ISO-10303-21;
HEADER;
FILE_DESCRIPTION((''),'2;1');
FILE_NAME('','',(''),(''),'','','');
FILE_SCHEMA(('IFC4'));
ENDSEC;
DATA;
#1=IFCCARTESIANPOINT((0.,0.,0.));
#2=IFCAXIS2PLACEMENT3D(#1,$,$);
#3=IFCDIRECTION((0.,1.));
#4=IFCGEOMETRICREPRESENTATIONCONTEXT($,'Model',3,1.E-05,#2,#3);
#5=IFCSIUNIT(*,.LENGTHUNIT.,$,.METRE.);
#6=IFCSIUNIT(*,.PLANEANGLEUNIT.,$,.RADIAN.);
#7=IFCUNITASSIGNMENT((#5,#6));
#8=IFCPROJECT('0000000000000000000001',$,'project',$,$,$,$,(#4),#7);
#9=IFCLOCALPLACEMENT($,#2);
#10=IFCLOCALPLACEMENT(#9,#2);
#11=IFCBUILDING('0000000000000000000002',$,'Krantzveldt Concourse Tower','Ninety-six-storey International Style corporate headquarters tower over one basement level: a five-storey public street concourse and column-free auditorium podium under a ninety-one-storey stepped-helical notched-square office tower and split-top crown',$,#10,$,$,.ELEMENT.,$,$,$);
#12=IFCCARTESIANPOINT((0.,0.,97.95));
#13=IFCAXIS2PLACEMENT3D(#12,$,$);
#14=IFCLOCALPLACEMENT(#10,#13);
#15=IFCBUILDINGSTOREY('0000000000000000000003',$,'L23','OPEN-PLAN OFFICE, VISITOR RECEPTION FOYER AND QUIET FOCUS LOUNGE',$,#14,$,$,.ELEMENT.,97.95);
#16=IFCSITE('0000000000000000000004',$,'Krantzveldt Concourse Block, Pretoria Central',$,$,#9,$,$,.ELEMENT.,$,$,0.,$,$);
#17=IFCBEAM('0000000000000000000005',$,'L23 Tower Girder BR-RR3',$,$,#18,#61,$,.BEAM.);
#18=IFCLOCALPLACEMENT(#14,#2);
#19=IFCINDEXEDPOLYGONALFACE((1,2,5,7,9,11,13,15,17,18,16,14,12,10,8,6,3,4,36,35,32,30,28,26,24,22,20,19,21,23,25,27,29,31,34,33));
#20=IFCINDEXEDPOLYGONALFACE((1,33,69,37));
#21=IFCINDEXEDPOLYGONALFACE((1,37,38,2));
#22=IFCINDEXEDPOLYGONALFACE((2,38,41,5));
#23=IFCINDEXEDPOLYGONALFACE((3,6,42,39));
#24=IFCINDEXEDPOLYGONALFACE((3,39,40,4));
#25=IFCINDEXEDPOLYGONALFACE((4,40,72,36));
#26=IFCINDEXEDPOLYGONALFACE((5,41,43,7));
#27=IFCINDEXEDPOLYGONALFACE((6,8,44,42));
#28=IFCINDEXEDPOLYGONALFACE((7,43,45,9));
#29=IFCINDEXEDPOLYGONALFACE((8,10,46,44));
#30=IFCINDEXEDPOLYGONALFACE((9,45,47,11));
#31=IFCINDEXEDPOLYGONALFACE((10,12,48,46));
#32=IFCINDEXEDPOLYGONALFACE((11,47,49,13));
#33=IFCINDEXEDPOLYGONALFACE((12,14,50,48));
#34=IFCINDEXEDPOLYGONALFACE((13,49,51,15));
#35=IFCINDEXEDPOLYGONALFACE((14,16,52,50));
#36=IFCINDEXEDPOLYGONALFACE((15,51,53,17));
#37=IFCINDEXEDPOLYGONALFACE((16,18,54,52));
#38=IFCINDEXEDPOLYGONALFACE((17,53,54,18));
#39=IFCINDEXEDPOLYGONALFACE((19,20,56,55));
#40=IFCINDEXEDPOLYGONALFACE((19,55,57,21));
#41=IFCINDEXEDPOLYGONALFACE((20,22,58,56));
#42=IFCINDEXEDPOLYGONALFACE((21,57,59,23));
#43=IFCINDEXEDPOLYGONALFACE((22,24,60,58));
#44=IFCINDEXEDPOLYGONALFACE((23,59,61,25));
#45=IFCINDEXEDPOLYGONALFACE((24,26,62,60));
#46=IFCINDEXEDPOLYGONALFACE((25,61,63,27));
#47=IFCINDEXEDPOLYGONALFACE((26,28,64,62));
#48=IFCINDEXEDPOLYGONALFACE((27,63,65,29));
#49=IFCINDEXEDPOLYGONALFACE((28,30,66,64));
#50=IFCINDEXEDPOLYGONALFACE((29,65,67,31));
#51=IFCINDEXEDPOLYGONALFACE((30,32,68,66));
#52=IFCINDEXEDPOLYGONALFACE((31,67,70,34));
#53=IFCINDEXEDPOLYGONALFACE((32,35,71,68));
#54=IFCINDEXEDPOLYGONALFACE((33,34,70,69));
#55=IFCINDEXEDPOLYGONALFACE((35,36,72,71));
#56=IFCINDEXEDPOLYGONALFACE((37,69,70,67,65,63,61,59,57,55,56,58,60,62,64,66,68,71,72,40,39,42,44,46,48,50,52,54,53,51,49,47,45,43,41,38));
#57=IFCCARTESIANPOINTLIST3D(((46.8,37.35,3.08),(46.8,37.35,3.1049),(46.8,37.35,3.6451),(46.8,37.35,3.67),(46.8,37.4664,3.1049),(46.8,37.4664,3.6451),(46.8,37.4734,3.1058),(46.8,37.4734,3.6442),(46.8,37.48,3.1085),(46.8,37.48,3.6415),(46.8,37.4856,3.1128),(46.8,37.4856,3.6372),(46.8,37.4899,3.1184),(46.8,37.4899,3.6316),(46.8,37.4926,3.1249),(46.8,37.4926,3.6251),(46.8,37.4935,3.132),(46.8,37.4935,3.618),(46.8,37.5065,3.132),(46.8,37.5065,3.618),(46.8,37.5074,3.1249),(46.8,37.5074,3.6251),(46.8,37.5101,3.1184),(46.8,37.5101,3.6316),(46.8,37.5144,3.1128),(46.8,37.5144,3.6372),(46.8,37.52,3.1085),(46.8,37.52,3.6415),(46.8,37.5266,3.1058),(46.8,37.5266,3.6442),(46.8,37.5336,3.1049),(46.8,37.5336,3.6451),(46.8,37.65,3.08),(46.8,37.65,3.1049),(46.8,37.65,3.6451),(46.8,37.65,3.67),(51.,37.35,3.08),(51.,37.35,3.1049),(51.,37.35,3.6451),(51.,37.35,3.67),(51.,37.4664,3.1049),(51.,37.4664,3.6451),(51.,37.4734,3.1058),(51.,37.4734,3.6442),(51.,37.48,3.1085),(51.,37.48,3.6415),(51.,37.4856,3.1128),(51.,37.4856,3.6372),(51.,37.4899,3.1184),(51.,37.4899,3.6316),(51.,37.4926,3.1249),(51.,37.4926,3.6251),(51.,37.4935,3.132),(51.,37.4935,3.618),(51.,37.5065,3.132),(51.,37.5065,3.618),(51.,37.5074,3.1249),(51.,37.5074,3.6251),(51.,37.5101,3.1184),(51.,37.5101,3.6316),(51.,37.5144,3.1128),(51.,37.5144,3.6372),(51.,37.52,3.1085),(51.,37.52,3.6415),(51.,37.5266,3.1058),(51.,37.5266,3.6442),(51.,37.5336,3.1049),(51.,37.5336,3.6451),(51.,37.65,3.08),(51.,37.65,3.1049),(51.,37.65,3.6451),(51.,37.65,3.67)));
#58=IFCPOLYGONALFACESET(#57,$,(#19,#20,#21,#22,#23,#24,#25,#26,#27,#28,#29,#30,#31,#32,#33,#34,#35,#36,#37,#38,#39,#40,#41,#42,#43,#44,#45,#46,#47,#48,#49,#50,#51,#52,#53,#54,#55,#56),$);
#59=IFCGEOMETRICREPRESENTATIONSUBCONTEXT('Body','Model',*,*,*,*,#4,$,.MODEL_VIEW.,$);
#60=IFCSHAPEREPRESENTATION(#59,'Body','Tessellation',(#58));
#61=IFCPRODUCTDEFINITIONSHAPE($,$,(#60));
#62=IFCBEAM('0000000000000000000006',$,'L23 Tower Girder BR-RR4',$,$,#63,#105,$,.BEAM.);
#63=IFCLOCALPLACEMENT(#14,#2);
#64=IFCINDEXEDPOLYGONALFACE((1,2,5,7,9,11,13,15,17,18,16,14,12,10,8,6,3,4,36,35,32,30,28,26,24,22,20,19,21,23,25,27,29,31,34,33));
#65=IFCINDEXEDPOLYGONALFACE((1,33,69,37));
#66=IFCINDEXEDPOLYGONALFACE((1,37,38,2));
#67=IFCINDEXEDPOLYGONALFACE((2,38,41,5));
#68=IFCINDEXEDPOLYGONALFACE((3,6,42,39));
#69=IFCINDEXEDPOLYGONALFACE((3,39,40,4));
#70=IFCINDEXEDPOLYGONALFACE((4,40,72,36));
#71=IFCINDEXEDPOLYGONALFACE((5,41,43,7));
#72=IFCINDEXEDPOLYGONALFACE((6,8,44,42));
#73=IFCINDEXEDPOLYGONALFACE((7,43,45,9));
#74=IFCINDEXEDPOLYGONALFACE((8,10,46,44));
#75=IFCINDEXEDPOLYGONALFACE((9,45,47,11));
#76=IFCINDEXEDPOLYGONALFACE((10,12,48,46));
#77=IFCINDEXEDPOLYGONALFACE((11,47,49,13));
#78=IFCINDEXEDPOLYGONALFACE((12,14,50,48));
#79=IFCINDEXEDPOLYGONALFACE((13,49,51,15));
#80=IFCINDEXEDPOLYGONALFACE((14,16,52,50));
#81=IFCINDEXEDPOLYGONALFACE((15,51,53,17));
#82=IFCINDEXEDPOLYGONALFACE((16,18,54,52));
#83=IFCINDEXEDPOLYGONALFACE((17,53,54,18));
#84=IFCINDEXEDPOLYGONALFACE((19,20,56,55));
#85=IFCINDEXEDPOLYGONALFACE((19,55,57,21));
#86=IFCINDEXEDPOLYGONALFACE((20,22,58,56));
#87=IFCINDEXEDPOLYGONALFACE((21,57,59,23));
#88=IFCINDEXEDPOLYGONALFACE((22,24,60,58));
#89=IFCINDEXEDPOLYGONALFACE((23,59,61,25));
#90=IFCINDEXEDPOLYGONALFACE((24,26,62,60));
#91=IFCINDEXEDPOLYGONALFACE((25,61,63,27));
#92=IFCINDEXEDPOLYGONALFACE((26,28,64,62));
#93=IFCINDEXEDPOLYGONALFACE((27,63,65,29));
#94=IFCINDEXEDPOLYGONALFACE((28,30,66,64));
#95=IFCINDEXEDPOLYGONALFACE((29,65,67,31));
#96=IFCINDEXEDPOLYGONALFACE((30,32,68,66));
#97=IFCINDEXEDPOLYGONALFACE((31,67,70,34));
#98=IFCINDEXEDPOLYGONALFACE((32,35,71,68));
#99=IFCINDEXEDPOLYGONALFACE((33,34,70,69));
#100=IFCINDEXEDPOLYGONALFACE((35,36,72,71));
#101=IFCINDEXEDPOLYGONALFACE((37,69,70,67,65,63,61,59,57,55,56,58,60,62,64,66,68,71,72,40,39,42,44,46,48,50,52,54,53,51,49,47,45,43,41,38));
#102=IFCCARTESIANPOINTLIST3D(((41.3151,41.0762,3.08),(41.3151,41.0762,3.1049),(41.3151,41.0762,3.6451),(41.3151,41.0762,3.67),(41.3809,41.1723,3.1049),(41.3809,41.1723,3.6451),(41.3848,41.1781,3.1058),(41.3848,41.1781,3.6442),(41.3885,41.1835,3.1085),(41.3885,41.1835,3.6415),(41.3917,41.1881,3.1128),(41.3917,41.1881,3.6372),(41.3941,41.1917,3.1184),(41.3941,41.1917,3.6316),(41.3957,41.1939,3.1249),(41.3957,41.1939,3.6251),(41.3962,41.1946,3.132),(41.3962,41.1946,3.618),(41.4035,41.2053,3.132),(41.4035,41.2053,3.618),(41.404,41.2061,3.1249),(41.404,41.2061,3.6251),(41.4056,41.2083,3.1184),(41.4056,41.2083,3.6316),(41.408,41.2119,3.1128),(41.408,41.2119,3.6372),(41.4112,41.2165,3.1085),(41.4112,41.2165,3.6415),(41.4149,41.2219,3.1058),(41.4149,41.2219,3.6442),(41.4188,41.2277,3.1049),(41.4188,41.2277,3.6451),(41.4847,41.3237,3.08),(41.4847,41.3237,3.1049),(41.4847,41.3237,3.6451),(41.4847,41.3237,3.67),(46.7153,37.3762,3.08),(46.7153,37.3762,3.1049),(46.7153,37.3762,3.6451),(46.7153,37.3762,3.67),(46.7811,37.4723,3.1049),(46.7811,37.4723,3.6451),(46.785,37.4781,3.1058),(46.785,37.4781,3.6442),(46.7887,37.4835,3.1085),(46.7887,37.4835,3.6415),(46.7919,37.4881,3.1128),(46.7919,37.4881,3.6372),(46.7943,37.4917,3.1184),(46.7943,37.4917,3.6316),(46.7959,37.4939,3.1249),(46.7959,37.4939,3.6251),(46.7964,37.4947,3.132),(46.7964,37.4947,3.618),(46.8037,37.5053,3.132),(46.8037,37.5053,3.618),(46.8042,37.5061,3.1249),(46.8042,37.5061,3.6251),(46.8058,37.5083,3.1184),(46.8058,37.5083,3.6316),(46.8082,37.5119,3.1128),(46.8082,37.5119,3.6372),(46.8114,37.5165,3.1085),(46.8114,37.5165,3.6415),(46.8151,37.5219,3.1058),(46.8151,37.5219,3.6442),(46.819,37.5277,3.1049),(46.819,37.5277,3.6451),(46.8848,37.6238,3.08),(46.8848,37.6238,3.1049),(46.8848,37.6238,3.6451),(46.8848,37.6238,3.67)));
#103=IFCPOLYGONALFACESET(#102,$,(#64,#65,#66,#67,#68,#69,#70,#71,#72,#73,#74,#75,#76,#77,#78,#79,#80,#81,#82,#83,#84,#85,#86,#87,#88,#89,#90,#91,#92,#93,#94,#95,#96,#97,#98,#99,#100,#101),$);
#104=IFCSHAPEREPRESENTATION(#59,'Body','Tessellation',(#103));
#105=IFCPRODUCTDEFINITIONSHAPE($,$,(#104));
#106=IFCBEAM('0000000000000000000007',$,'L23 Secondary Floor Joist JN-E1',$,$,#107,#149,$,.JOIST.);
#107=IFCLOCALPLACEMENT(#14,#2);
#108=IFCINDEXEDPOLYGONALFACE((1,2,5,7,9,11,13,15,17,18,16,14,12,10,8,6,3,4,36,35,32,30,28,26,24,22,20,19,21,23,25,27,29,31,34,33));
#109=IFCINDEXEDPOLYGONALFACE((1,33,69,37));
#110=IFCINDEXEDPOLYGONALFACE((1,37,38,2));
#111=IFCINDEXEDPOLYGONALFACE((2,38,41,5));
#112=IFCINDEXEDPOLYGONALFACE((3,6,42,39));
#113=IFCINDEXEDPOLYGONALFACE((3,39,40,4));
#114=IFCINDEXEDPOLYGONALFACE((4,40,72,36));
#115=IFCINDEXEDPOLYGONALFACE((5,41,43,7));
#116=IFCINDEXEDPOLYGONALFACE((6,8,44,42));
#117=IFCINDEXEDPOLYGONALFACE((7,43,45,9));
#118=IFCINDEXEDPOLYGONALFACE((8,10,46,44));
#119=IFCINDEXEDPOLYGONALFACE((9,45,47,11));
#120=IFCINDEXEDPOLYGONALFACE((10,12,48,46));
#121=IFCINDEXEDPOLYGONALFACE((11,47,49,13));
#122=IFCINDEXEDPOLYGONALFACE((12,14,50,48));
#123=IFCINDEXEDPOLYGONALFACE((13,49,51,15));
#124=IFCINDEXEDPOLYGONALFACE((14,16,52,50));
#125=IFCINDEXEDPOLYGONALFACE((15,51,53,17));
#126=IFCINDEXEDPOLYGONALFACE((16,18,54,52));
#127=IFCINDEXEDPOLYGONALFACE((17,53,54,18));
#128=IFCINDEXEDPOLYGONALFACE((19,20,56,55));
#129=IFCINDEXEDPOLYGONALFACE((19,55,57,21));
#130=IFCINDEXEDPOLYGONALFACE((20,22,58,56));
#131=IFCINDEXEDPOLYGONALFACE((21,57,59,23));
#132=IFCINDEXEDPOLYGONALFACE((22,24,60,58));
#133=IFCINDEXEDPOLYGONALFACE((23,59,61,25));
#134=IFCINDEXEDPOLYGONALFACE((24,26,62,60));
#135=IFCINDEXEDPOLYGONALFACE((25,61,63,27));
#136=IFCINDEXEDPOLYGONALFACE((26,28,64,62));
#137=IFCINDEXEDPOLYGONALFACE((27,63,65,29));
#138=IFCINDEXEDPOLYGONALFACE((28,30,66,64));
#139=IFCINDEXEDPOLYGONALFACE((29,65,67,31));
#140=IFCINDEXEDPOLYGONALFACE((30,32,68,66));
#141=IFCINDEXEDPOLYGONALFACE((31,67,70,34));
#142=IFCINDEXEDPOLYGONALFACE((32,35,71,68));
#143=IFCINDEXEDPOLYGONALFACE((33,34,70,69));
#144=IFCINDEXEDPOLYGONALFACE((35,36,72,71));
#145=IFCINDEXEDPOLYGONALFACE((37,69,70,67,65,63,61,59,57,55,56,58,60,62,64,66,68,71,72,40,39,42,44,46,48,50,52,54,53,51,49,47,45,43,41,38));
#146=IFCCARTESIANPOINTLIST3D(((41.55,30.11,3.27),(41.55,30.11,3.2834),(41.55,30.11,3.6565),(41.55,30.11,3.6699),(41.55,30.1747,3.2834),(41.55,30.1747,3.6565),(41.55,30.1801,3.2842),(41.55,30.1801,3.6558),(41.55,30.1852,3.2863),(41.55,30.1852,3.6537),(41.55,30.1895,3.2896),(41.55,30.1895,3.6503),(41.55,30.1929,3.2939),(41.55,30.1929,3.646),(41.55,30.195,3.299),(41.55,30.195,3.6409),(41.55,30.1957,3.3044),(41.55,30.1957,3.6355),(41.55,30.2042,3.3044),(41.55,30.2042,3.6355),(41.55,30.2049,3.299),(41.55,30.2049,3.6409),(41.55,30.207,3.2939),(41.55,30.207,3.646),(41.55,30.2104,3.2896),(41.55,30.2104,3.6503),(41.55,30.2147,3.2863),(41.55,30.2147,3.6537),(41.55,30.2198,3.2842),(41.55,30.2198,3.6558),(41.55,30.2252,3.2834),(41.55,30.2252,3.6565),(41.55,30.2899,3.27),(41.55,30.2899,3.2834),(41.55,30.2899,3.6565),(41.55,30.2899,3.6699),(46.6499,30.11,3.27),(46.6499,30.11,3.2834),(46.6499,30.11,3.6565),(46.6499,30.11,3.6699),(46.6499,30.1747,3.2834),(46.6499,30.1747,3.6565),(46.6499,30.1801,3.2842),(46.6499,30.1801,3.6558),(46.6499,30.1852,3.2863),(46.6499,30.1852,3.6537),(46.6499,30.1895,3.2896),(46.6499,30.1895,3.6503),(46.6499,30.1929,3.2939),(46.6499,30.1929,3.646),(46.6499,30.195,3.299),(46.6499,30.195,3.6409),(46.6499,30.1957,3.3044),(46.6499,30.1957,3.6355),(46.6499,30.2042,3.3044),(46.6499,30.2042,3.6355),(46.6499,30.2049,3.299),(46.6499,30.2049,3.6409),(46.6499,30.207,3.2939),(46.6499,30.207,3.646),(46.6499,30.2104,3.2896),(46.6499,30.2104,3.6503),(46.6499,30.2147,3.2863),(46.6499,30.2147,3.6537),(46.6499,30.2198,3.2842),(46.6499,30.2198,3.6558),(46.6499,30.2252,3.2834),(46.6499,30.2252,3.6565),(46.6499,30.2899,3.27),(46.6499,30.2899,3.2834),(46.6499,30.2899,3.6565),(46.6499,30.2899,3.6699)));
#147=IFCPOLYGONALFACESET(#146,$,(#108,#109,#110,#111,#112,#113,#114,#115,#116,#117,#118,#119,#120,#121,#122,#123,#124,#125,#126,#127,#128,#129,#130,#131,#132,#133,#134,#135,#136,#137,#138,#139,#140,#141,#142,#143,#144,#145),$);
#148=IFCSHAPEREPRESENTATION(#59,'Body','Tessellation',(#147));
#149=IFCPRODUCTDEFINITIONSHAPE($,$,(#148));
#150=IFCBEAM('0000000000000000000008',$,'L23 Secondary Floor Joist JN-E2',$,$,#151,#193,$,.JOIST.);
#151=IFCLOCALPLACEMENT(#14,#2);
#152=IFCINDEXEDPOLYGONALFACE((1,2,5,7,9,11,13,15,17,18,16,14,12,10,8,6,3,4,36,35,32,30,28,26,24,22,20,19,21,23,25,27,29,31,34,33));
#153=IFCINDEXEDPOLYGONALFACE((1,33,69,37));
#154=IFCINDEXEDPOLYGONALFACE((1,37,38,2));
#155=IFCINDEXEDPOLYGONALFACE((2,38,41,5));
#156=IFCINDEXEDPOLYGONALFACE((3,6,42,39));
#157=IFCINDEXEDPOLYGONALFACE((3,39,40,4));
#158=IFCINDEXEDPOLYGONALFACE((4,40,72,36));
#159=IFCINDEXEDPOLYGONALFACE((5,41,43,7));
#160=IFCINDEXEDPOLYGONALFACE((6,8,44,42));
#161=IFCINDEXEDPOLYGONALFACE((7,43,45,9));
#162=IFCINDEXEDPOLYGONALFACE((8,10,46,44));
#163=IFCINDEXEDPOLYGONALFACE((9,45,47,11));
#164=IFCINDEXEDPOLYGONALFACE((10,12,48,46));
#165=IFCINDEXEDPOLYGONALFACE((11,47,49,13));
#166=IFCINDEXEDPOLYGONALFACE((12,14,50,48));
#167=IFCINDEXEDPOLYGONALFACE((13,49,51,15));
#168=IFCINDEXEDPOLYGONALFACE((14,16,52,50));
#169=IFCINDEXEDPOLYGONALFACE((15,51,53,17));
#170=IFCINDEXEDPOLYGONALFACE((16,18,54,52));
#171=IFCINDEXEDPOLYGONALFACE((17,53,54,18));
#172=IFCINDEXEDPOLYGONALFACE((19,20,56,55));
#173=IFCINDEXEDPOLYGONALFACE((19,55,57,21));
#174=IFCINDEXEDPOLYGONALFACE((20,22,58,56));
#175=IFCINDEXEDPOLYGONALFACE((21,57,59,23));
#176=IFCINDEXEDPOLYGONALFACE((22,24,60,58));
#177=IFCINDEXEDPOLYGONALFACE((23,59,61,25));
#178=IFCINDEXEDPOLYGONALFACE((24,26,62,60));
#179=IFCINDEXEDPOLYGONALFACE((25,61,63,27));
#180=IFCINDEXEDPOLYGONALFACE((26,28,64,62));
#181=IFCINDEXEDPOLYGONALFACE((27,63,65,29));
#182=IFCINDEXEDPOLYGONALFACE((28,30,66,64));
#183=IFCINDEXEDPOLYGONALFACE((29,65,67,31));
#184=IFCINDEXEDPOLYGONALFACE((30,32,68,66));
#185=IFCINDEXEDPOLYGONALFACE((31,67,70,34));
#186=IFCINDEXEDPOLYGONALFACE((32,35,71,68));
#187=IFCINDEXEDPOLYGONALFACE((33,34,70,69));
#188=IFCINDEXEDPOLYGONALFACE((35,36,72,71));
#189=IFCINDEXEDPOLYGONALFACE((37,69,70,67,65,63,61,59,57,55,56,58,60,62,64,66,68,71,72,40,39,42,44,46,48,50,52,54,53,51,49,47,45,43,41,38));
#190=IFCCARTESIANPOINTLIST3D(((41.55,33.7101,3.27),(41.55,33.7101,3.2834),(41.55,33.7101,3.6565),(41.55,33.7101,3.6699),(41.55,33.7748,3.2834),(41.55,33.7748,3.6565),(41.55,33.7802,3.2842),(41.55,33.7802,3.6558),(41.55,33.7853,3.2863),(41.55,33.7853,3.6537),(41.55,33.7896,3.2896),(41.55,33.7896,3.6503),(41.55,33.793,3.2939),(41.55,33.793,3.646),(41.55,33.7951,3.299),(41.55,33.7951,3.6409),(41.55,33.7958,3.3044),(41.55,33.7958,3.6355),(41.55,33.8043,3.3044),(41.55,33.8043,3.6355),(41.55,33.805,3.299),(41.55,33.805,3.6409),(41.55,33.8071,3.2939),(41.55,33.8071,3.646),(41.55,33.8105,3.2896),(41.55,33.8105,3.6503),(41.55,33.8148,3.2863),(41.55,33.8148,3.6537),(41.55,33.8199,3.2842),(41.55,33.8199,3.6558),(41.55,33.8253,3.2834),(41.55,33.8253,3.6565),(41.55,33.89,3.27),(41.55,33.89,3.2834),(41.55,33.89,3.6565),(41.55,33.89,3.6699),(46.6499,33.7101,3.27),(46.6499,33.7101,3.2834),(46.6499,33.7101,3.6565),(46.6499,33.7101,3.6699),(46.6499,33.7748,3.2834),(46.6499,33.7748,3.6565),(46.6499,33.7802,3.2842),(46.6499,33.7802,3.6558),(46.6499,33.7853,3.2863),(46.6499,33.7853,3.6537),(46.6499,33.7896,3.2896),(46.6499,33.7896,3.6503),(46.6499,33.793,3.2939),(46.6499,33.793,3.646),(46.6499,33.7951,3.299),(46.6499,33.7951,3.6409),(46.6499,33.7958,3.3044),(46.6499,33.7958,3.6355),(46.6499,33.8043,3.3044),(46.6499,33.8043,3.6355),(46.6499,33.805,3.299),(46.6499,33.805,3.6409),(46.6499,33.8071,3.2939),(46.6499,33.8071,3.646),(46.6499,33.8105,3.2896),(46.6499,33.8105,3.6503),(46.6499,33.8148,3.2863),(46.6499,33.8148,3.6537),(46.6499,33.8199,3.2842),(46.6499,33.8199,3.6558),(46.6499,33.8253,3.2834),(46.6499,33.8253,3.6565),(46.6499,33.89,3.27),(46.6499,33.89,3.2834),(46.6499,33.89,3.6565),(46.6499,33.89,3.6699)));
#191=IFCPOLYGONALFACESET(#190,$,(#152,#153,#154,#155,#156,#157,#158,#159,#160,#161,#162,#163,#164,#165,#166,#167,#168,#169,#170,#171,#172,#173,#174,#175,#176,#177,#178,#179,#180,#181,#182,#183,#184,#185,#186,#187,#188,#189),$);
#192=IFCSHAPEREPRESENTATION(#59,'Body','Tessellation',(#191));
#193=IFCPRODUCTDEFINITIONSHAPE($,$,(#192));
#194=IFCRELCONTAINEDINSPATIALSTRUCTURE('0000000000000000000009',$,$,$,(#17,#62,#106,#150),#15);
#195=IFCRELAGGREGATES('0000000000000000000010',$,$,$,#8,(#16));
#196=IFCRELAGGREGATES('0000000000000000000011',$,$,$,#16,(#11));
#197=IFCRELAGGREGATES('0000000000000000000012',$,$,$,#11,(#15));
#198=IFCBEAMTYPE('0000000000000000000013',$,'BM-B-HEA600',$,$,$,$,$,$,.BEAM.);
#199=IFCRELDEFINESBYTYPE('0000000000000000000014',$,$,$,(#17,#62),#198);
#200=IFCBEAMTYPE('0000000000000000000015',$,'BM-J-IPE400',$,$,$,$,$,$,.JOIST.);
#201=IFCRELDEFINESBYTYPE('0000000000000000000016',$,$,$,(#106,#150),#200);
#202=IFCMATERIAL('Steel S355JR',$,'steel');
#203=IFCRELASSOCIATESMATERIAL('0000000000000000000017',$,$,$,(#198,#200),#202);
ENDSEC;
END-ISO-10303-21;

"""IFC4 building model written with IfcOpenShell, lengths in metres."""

from ifc_helpers import new_model, si_unit, direction, frame, origin, origin_2d, place, context, subcontext, project, spatial, i_section, extrude, source, transform, mapped, material, material_profile, profile_set, type_object, type_shapes, element, save


model = new_model("IFC4")

# Units and contexts
model_context = context("Model", 3, precision=1e-05, world=origin(), true_north=direction((0.0, 1.0)))
body_context = subcontext(model_context, "Body", "Model", "MODEL_VIEW")
ifc_project = project(units=[si_unit("LENGTHUNIT", "METRE"), si_unit("PLANEANGLEUNIT", "RADIAN")], contexts=[model_context])

# Site, building, storey
site_placement = place(None, origin())
site = spatial("IfcSite", under=ifc_project, at=site_placement, Name="Krantzveldt Concourse Block, Pretoria Central", CompositionType="ELEMENT", RefElevation=0.0)
building_placement = place(site_placement, origin())
building = spatial("IfcBuilding", under=site, at=building_placement, Name="Krantzveldt Concourse Tower", Description="Ninety-six-storey International Style corporate headquarters tower over one basement level: a five-storey public street concourse and column-free auditorium podium under a ninety-one-storey stepped-helical notched-square office tower and split-top crown", CompositionType="ELEMENT")
storey_placement = place(building_placement, frame((0.0, 0.0, 97.95)))
storey = spatial("IfcBuildingStorey", under=building, at=storey_placement, Name="L23", Description="OPEN-PLAN OFFICE, VISITOR RECEPTION FOYER AND QUIET FOCUS LOUNGE", CompositionType="ELEMENT", Elevation=97.95)

# Beams
ifc_material_1 = material(Name="Steel S355JR", Category="steel")
ifc_material_profile_1 = material_profile(ifc_material_1, i_section(OverallWidth=0.3, OverallDepth=0.5901, WebThickness=0.0129, FlangeThickness=0.0249, FilletRadius=0.0271, at=origin_2d()), Name="Steel S355JR", Category="steel")
ifc_profile_set_1 = profile_set([ifc_material_profile_1], Name="Steel S355JR - HEA 600")
beam_type_1 = type_object("IfcBeamType", Name="BM-B-HEA600", PredefinedType="BEAM", material=ifc_profile_set_1)
shared_shape_1 = source(origin(), body_context, "Body", "SweptSolid", [
    extrude(i_section(OverallWidth=0.3, OverallDepth=0.5901, WebThickness=0.0129, FlangeThickness=0.0249, FilletRadius=0.0271, at=origin_2d()), origin(), (0.0, 0.0, 1.0), 4.2),
])
beam_1_placement = place(storey_placement, frame((46.8, 37.5, 3.375), z_axis=(1.0, 0.0, 0.0), x_axis=(0.0, 1.0, 0.0)))
element("IfcBeam", 1, at=beam_1_placement, inside=storey, type_object=beam_type_1, Name="L23 Tower Girder BR-RR3", PredefinedType="BEAM", context=body_context, shape_type="MappedRepresentation", body=[
    mapped(shared_shape_1, transform((0.0, 0.0, 0.0), x_axis=(1.0, 0.0, 0.0), y_axis=(0.0, 1.0, 0.0), z_axis=(0.0, 0.0, 1.0), scale=1.0)),
])
shared_shape_2 = source(origin(), body_context, "Body", "SweptSolid", [
    extrude(i_section(OverallWidth=0.3, OverallDepth=0.5901, WebThickness=0.0129, FlangeThickness=0.0249, FilletRadius=0.0271, at=origin_2d()), origin(), (0.0, 0.0, 1.0), 6.5461),
])
beam_2_placement = place(storey_placement, frame((46.8, 37.5, 3.375), z_axis=(-0.824943, 0.565216, 0.0), x_axis=(-0.565216, -0.824943, 0.0)))
element("IfcBeam", 2, at=beam_2_placement, inside=storey, type_object=beam_type_1, Name="L23 Tower Girder BR-RR4", PredefinedType="BEAM", context=body_context, shape_type="MappedRepresentation", body=[
    mapped(shared_shape_2, transform((0.0, 0.0, 0.0), x_axis=(1.0, 0.0, 0.0), y_axis=(0.0, 1.0, 0.0), z_axis=(0.0, 0.0, 1.0), scale=1.0)),
])
ifc_material_profile_2 = material_profile(ifc_material_1, i_section(OverallWidth=0.1799, OverallDepth=0.3999, WebThickness=0.0085, FlangeThickness=0.0134, FilletRadius=0.021, at=origin_2d()), Name="Steel S355JR", Category="steel")
ifc_profile_set_2 = profile_set([ifc_material_profile_2], Name="Steel S355JR - IPE 400")
beam_type_2 = type_object("IfcBeamType", Name="BM-J-IPE400", PredefinedType="JOIST", material=ifc_profile_set_2)
shared_shape_3 = source(origin(), body_context, "Body", "SweptSolid", [
    extrude(i_section(OverallWidth=0.1799, OverallDepth=0.3999, WebThickness=0.0085, FlangeThickness=0.0134, FilletRadius=0.021, at=origin_2d()), origin(), (0.0, 0.0, 1.0), 5.0999),
])
type_shapes(beam_type_2, [shared_shape_3])
for number, where, z_axis, x_axis, name in (
    (3, (41.55, 30.2, 3.47), (1.0, 0.0, 0.0), (0.0, 1.0, 0.0), "L23 Secondary Floor Joist JN-E1"),
    (4, (41.55, 33.8, 3.47), (1.0, 0.0, 0.0), (0.0, 1.0, 0.0), "L23 Secondary Floor Joist JN-E2"),
):
    element("IfcBeam", number, at=place(storey_placement, frame(where, z_axis=z_axis, x_axis=x_axis)), inside=storey, type_object=beam_type_2, Name=name, PredefinedType="JOIST", context=body_context, shape_type="MappedRepresentation", body=[
        mapped(shared_shape_3, transform((0.0, 0.0, 0.0), x_axis=(1.0, 0.0, 0.0), y_axis=(0.0, 1.0, 0.0), z_axis=(0.0, 0.0, 1.0), scale=1.0)),
    ])

save(model, "model.ifc")
